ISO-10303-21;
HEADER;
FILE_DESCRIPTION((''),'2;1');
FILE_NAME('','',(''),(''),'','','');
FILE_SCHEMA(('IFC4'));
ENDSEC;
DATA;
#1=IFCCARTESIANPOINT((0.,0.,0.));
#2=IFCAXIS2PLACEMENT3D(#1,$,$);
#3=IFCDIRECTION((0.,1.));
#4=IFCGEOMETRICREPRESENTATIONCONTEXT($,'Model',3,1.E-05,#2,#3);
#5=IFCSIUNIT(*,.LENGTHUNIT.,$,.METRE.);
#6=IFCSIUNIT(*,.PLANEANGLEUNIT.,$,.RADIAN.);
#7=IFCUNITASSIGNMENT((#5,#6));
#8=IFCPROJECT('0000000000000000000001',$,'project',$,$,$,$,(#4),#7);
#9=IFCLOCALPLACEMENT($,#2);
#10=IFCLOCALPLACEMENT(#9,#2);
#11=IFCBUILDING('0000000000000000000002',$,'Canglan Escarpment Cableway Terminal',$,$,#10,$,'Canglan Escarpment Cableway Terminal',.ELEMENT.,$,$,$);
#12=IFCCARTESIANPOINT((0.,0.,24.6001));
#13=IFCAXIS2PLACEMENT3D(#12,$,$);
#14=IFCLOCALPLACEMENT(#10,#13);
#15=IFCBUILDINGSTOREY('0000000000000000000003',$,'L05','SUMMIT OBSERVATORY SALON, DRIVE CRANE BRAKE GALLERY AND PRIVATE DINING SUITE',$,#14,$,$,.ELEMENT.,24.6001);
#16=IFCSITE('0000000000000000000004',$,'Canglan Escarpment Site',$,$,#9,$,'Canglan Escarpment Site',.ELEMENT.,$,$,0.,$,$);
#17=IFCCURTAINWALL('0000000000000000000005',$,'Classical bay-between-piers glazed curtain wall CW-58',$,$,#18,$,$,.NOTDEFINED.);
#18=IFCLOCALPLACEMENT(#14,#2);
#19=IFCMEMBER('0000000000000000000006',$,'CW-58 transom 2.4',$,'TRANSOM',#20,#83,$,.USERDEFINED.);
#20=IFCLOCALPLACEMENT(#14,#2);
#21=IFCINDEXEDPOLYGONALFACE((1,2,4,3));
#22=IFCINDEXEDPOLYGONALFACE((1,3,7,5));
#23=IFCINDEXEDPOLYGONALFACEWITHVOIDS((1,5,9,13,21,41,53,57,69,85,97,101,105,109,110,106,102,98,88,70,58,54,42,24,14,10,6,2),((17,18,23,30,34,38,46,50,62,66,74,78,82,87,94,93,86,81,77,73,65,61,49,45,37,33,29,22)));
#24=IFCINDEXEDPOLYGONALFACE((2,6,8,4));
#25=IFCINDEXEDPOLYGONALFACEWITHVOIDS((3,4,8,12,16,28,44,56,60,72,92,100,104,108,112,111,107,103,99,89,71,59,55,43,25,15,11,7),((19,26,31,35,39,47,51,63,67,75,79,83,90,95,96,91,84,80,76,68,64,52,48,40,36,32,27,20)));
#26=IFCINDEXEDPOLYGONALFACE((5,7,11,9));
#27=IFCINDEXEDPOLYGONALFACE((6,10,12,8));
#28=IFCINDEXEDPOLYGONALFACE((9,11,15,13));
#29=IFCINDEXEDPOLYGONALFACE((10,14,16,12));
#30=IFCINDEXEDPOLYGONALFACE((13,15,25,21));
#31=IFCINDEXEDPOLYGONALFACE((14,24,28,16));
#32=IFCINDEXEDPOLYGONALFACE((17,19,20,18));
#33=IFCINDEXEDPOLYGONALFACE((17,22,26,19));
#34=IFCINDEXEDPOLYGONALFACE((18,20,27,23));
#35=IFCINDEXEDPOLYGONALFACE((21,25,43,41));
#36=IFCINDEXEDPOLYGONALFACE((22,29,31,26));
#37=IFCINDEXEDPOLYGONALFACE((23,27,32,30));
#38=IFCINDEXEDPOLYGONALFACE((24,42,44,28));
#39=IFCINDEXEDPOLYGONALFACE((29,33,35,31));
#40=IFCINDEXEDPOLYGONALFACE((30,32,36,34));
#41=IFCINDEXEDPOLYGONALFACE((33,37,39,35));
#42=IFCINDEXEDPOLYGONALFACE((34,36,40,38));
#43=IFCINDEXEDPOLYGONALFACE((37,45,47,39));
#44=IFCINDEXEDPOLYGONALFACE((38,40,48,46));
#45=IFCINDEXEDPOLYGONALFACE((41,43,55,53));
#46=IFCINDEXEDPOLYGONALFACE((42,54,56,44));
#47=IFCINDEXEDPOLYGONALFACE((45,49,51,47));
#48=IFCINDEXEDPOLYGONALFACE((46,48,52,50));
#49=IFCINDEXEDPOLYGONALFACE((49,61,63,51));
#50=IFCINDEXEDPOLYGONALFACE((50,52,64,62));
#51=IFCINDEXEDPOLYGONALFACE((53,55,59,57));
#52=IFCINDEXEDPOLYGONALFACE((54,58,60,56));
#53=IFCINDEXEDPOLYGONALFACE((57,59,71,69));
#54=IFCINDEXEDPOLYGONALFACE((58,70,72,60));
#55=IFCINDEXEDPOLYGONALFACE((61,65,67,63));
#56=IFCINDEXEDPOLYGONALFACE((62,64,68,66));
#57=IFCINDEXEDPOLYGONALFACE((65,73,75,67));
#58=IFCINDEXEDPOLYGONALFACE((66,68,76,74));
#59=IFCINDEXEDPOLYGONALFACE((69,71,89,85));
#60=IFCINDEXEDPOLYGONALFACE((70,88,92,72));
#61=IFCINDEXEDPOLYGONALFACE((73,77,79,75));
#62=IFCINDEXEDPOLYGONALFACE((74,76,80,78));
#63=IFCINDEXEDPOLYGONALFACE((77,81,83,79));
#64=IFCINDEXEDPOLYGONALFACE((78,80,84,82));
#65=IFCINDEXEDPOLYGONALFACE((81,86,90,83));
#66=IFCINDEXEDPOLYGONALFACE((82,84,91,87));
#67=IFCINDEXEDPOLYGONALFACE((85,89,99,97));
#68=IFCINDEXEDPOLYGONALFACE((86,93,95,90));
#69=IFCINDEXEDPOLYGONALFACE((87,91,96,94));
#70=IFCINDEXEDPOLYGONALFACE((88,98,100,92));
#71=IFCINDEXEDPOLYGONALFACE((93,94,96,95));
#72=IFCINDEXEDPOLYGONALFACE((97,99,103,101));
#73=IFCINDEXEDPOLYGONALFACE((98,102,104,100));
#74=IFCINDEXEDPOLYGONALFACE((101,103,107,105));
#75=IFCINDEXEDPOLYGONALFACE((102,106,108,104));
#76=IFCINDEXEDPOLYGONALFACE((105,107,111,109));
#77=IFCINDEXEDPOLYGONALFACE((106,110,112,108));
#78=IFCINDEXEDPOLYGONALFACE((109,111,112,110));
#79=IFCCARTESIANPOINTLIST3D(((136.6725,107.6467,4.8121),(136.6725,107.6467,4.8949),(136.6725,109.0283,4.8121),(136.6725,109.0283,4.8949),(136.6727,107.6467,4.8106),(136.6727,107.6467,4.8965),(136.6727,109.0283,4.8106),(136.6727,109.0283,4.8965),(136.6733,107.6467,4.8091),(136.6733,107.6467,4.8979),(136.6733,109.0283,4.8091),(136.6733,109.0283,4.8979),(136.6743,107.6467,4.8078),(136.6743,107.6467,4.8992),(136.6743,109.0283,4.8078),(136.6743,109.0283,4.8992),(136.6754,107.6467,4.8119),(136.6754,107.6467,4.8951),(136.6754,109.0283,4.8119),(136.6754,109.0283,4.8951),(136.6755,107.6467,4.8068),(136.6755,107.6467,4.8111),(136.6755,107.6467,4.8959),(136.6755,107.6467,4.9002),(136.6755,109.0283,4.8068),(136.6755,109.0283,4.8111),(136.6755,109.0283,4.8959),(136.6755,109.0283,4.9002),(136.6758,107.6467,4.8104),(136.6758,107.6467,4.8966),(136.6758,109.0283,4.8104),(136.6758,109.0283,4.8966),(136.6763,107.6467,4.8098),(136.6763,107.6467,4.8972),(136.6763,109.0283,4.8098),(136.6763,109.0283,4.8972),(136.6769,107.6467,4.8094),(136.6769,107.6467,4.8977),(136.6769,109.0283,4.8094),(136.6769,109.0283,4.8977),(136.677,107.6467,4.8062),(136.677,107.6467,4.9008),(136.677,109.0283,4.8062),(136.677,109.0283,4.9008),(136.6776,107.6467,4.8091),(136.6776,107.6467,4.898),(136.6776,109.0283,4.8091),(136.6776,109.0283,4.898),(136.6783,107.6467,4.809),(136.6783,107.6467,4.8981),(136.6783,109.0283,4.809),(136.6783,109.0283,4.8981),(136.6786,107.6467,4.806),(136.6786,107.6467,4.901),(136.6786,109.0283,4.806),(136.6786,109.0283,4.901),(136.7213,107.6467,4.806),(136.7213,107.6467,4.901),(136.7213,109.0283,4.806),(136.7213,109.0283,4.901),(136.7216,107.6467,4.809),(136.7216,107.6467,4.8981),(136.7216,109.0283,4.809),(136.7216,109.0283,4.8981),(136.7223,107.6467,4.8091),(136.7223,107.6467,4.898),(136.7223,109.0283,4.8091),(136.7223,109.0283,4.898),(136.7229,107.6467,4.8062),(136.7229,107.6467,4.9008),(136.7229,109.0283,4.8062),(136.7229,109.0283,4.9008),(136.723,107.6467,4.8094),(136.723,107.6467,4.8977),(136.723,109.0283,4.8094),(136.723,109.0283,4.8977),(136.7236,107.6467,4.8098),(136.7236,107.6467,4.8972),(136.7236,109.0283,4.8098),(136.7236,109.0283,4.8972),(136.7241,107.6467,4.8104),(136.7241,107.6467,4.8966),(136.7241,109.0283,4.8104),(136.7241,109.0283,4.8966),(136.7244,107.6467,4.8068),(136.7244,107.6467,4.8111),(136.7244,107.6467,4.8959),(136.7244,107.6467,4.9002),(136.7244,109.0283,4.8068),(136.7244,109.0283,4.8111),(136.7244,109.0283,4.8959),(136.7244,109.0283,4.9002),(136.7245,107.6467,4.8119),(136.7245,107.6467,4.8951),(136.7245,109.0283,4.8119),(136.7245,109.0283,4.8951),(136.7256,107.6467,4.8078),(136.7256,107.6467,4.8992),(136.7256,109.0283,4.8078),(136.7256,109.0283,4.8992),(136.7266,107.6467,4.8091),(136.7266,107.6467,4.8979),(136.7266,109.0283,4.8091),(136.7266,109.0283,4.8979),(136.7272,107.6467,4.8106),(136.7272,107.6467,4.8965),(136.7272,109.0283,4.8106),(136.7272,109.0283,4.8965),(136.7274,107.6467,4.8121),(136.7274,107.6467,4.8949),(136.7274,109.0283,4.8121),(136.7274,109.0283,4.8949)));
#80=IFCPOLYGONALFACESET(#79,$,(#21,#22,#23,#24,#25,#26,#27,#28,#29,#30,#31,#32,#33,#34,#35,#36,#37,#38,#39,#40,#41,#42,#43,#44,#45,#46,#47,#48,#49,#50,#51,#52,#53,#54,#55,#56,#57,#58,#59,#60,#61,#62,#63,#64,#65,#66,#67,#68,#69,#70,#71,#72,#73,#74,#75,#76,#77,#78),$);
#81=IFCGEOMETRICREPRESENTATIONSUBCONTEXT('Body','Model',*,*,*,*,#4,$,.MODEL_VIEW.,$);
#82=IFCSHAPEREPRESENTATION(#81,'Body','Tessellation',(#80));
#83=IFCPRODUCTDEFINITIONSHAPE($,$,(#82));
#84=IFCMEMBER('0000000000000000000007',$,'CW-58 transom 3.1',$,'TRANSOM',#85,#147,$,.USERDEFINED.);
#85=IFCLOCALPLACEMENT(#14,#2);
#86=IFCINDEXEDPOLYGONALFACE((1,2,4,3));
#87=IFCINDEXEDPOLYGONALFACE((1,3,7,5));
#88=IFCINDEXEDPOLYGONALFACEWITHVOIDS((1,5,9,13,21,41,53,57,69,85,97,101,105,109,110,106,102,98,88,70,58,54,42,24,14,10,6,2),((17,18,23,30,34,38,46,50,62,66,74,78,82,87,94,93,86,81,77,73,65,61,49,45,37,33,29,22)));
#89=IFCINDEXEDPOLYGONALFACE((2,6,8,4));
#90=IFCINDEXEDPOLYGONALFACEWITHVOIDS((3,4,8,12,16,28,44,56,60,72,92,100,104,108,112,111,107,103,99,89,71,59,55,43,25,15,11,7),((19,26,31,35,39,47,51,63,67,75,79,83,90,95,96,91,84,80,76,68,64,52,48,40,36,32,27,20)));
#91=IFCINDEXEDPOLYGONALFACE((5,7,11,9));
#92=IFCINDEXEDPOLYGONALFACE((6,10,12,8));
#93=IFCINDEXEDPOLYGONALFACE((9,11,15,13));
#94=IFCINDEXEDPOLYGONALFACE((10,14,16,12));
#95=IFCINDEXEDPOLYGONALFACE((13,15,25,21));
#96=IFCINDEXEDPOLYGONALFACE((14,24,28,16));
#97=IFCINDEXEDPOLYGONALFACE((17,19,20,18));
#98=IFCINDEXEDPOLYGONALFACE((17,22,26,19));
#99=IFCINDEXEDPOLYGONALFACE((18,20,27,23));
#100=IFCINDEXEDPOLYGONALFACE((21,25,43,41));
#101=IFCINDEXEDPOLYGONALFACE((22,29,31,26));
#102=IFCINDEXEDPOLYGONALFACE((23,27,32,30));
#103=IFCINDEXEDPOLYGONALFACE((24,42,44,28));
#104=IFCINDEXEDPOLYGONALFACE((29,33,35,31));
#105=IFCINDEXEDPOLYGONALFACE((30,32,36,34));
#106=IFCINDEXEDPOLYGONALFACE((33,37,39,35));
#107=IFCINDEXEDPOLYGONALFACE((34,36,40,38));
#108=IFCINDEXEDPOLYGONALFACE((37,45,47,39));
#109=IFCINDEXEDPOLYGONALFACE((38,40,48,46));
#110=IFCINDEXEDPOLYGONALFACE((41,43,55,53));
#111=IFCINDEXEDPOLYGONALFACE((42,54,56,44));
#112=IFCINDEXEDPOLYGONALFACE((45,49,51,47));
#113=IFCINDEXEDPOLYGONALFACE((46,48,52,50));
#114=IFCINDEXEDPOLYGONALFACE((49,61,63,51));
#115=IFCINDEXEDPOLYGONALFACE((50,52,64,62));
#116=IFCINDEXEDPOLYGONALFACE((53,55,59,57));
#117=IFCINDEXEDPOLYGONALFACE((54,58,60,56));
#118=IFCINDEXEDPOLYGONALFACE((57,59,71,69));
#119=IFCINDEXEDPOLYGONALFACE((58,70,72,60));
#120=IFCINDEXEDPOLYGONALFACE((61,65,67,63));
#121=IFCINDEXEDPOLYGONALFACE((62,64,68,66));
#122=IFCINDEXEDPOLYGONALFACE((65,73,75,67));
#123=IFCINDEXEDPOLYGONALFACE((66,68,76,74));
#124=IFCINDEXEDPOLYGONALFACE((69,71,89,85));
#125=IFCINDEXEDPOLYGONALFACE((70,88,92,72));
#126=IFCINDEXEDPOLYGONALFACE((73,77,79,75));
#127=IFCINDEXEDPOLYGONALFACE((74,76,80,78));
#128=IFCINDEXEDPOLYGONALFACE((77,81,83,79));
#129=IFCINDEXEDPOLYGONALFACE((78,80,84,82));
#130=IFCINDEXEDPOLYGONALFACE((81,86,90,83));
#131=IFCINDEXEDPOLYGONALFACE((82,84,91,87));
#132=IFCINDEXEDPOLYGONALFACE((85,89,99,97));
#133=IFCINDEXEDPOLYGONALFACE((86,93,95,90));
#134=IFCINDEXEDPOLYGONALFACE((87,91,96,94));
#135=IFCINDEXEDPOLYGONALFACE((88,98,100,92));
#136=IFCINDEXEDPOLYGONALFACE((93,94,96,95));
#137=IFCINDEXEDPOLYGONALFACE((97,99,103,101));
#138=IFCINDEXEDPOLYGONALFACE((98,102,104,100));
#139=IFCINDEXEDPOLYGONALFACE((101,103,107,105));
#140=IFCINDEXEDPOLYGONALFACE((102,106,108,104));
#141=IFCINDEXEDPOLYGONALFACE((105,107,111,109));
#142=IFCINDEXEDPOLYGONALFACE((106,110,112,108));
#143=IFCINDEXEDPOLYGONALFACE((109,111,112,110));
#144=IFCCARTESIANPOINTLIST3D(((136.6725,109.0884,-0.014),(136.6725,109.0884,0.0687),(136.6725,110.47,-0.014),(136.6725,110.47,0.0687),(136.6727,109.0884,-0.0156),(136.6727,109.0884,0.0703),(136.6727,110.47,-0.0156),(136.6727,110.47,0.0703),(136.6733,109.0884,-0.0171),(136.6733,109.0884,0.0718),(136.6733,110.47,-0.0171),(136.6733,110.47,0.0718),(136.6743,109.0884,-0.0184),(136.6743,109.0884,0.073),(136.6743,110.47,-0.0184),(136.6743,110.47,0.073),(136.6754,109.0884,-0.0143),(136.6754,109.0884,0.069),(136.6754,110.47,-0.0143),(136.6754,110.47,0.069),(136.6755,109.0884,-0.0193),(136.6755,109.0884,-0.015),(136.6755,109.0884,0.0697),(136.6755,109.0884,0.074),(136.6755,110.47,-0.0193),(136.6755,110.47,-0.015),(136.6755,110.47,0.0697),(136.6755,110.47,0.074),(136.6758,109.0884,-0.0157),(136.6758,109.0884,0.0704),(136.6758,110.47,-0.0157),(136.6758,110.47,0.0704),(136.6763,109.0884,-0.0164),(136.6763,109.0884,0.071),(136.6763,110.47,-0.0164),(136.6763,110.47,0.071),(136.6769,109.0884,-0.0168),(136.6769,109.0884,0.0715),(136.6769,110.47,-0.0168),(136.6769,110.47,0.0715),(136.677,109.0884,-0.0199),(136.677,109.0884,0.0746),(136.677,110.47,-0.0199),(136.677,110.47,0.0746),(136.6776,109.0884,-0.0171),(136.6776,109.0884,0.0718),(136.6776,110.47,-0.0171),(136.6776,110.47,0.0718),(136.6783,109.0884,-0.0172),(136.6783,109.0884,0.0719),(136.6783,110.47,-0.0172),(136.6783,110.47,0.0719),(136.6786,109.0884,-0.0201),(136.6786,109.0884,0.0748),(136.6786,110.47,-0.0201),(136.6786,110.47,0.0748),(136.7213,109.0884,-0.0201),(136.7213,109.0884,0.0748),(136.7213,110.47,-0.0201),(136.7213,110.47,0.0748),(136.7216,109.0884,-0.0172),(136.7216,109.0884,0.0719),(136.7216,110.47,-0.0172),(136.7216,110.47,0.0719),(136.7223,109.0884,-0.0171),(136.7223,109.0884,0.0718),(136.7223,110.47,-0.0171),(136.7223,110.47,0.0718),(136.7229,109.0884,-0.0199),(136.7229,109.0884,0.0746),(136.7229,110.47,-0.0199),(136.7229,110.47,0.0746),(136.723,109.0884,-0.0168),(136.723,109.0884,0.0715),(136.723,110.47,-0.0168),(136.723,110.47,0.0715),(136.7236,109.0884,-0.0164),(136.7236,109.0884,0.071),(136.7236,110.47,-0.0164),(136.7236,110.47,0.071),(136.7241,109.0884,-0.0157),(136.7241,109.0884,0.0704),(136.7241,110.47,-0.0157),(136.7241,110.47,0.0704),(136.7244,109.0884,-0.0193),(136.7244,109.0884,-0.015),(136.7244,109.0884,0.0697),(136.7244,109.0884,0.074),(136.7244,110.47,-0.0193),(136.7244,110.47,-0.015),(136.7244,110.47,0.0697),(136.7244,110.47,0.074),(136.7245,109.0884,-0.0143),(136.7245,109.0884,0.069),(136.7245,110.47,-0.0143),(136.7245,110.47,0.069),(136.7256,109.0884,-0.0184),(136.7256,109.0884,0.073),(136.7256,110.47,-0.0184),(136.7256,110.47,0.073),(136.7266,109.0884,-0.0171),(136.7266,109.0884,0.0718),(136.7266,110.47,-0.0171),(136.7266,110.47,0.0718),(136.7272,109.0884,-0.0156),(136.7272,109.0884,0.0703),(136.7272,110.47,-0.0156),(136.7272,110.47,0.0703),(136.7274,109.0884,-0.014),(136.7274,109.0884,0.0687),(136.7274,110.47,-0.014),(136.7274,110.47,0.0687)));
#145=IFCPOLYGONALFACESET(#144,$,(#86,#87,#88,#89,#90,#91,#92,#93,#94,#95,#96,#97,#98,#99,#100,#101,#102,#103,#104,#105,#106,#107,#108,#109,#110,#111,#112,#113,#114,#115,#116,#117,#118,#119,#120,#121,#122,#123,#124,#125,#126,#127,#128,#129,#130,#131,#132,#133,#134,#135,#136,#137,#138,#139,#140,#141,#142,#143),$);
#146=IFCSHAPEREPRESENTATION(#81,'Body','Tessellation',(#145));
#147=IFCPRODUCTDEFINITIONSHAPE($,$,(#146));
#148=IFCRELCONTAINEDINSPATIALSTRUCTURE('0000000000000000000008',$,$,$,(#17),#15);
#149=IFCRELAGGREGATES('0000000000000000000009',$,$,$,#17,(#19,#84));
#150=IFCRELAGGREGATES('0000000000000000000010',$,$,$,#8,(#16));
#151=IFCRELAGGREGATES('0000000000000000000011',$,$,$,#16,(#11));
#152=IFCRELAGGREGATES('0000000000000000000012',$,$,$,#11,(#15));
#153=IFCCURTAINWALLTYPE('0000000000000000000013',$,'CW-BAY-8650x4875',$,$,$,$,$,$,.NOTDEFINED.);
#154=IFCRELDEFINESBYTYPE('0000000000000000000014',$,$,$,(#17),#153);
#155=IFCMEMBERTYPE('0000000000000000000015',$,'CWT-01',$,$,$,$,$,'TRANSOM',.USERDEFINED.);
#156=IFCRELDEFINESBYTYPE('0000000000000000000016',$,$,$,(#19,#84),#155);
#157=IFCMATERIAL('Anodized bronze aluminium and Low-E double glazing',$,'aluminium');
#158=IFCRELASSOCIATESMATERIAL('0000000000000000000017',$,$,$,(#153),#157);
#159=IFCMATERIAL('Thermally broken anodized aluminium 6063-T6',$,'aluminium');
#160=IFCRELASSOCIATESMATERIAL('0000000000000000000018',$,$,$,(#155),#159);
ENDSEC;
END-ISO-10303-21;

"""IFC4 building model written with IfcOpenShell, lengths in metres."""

from ifc_helpers import new_model, si_unit, direction, frame, origin, origin_2d, place, context, subcontext, project, spatial, hollow_rectangle, extrude, material, material_profile, profile_set, type_object, element, aggregate, save


model = new_model("IFC4")

# Units and contexts
model_context = context("Model", 3, precision=1e-05, world=origin(), true_north=direction((0.0, 1.0)))
body_context = subcontext(model_context, "Body", "Model", "MODEL_VIEW")
ifc_project = project(units=[si_unit("LENGTHUNIT", "METRE"), si_unit("PLANEANGLEUNIT", "RADIAN")], contexts=[model_context])

# Site, building, storey
site_placement = place(None, origin())
site = spatial("IfcSite", under=ifc_project, at=site_placement, Name="Canglan Escarpment Site", LongName="Canglan Escarpment Site", CompositionType="ELEMENT", RefElevation=0.0)
building_placement = place(site_placement, origin())
building = spatial("IfcBuilding", under=site, at=building_placement, Name="Canglan Escarpment Cableway Terminal", LongName="Canglan Escarpment Cableway Terminal", CompositionType="ELEMENT")
storey_placement = place(building_placement, frame((0.0, 0.0, 24.6001)))
storey = spatial("IfcBuildingStorey", under=building, at=storey_placement, Name="L05", Description="SUMMIT OBSERVATORY SALON, DRIVE CRANE BRAKE GALLERY AND PRIVATE DINING SUITE", CompositionType="ELEMENT", Elevation=24.6001)

# Curtain wall
ifc_material_1 = material(Name="Anodized bronze aluminium and Low-E double glazing", Category="aluminium")
curtain_wall_type = type_object("IfcCurtainWallType", Name="CW-BAY-8650x4875", PredefinedType="NOTDEFINED", material=ifc_material_1)
curtain_wall_1_placement = place(storey_placement, origin())
curtain_wall_1 = element("IfcCurtainWall", 1, at=curtain_wall_1_placement, inside=storey, type_object=curtain_wall_type, Name="Classical bay-between-piers glazed curtain wall CW-58", PredefinedType="NOTDEFINED")
ifc_material_2 = material(Name="Thermally broken anodized aluminium 6063-T6", Category="aluminium")

# Members
ifc_material_profile_1 = material_profile(ifc_material_2, hollow_rectangle(XDim=0.0549, YDim=0.095, WallThickness=0.0029, InnerFilletRadius=0.0029, OuterFilletRadius=0.0061, at=origin_2d()), Name="ALU-TRAN 55x95x3")
ifc_profile_set_1 = profile_set([ifc_material_profile_1], Name="Thermally broken anodized aluminium 6063-T6")
member_type_1 = type_object("IfcMemberType", Name="CWT-01", ElementType="TRANSOM", PredefinedType="USERDEFINED", material=ifc_profile_set_1)
member_1_placement = place(storey_placement, frame((136.7, 107.6467, 4.8535), z_axis=(0.0, 1.0, 0.0), x_axis=(-1.0, 0.0, 0.0)))
member_1 = element("IfcMember", 2, at=member_1_placement, type_object=member_type_1, Name="CW-58 transom 2.4", ObjectType="TRANSOM", PredefinedType="USERDEFINED", context=body_context, shape_type="SweptSolid", body=[
    extrude(hollow_rectangle(XDim=0.0549, YDim=0.095, WallThickness=0.0029, InnerFilletRadius=0.0029, OuterFilletRadius=0.0061, at=origin_2d()), origin(), (0.0, 0.0, 1.0), 1.3816),
])
member_2_placement = place(storey_placement, frame((136.7, 109.0884, 0.0273), z_axis=(0.0, 1.0, 0.0), x_axis=(-1.0, 0.0, 0.0)))
member_2 = element("IfcMember", 3, at=member_2_placement, type_object=member_type_1, Name="CW-58 transom 3.1", ObjectType="TRANSOM", PredefinedType="USERDEFINED", context=body_context, shape_type="SweptSolid", body=[
    extrude(hollow_rectangle(XDim=0.0549, YDim=0.095, WallThickness=0.0029, InnerFilletRadius=0.0029, OuterFilletRadius=0.0061, at=origin_2d()), origin(), (0.0, 0.0, 1.0), 1.3816),
])

aggregate(curtain_wall_1, [member_1, member_2])

save(model, "model.ifc")
